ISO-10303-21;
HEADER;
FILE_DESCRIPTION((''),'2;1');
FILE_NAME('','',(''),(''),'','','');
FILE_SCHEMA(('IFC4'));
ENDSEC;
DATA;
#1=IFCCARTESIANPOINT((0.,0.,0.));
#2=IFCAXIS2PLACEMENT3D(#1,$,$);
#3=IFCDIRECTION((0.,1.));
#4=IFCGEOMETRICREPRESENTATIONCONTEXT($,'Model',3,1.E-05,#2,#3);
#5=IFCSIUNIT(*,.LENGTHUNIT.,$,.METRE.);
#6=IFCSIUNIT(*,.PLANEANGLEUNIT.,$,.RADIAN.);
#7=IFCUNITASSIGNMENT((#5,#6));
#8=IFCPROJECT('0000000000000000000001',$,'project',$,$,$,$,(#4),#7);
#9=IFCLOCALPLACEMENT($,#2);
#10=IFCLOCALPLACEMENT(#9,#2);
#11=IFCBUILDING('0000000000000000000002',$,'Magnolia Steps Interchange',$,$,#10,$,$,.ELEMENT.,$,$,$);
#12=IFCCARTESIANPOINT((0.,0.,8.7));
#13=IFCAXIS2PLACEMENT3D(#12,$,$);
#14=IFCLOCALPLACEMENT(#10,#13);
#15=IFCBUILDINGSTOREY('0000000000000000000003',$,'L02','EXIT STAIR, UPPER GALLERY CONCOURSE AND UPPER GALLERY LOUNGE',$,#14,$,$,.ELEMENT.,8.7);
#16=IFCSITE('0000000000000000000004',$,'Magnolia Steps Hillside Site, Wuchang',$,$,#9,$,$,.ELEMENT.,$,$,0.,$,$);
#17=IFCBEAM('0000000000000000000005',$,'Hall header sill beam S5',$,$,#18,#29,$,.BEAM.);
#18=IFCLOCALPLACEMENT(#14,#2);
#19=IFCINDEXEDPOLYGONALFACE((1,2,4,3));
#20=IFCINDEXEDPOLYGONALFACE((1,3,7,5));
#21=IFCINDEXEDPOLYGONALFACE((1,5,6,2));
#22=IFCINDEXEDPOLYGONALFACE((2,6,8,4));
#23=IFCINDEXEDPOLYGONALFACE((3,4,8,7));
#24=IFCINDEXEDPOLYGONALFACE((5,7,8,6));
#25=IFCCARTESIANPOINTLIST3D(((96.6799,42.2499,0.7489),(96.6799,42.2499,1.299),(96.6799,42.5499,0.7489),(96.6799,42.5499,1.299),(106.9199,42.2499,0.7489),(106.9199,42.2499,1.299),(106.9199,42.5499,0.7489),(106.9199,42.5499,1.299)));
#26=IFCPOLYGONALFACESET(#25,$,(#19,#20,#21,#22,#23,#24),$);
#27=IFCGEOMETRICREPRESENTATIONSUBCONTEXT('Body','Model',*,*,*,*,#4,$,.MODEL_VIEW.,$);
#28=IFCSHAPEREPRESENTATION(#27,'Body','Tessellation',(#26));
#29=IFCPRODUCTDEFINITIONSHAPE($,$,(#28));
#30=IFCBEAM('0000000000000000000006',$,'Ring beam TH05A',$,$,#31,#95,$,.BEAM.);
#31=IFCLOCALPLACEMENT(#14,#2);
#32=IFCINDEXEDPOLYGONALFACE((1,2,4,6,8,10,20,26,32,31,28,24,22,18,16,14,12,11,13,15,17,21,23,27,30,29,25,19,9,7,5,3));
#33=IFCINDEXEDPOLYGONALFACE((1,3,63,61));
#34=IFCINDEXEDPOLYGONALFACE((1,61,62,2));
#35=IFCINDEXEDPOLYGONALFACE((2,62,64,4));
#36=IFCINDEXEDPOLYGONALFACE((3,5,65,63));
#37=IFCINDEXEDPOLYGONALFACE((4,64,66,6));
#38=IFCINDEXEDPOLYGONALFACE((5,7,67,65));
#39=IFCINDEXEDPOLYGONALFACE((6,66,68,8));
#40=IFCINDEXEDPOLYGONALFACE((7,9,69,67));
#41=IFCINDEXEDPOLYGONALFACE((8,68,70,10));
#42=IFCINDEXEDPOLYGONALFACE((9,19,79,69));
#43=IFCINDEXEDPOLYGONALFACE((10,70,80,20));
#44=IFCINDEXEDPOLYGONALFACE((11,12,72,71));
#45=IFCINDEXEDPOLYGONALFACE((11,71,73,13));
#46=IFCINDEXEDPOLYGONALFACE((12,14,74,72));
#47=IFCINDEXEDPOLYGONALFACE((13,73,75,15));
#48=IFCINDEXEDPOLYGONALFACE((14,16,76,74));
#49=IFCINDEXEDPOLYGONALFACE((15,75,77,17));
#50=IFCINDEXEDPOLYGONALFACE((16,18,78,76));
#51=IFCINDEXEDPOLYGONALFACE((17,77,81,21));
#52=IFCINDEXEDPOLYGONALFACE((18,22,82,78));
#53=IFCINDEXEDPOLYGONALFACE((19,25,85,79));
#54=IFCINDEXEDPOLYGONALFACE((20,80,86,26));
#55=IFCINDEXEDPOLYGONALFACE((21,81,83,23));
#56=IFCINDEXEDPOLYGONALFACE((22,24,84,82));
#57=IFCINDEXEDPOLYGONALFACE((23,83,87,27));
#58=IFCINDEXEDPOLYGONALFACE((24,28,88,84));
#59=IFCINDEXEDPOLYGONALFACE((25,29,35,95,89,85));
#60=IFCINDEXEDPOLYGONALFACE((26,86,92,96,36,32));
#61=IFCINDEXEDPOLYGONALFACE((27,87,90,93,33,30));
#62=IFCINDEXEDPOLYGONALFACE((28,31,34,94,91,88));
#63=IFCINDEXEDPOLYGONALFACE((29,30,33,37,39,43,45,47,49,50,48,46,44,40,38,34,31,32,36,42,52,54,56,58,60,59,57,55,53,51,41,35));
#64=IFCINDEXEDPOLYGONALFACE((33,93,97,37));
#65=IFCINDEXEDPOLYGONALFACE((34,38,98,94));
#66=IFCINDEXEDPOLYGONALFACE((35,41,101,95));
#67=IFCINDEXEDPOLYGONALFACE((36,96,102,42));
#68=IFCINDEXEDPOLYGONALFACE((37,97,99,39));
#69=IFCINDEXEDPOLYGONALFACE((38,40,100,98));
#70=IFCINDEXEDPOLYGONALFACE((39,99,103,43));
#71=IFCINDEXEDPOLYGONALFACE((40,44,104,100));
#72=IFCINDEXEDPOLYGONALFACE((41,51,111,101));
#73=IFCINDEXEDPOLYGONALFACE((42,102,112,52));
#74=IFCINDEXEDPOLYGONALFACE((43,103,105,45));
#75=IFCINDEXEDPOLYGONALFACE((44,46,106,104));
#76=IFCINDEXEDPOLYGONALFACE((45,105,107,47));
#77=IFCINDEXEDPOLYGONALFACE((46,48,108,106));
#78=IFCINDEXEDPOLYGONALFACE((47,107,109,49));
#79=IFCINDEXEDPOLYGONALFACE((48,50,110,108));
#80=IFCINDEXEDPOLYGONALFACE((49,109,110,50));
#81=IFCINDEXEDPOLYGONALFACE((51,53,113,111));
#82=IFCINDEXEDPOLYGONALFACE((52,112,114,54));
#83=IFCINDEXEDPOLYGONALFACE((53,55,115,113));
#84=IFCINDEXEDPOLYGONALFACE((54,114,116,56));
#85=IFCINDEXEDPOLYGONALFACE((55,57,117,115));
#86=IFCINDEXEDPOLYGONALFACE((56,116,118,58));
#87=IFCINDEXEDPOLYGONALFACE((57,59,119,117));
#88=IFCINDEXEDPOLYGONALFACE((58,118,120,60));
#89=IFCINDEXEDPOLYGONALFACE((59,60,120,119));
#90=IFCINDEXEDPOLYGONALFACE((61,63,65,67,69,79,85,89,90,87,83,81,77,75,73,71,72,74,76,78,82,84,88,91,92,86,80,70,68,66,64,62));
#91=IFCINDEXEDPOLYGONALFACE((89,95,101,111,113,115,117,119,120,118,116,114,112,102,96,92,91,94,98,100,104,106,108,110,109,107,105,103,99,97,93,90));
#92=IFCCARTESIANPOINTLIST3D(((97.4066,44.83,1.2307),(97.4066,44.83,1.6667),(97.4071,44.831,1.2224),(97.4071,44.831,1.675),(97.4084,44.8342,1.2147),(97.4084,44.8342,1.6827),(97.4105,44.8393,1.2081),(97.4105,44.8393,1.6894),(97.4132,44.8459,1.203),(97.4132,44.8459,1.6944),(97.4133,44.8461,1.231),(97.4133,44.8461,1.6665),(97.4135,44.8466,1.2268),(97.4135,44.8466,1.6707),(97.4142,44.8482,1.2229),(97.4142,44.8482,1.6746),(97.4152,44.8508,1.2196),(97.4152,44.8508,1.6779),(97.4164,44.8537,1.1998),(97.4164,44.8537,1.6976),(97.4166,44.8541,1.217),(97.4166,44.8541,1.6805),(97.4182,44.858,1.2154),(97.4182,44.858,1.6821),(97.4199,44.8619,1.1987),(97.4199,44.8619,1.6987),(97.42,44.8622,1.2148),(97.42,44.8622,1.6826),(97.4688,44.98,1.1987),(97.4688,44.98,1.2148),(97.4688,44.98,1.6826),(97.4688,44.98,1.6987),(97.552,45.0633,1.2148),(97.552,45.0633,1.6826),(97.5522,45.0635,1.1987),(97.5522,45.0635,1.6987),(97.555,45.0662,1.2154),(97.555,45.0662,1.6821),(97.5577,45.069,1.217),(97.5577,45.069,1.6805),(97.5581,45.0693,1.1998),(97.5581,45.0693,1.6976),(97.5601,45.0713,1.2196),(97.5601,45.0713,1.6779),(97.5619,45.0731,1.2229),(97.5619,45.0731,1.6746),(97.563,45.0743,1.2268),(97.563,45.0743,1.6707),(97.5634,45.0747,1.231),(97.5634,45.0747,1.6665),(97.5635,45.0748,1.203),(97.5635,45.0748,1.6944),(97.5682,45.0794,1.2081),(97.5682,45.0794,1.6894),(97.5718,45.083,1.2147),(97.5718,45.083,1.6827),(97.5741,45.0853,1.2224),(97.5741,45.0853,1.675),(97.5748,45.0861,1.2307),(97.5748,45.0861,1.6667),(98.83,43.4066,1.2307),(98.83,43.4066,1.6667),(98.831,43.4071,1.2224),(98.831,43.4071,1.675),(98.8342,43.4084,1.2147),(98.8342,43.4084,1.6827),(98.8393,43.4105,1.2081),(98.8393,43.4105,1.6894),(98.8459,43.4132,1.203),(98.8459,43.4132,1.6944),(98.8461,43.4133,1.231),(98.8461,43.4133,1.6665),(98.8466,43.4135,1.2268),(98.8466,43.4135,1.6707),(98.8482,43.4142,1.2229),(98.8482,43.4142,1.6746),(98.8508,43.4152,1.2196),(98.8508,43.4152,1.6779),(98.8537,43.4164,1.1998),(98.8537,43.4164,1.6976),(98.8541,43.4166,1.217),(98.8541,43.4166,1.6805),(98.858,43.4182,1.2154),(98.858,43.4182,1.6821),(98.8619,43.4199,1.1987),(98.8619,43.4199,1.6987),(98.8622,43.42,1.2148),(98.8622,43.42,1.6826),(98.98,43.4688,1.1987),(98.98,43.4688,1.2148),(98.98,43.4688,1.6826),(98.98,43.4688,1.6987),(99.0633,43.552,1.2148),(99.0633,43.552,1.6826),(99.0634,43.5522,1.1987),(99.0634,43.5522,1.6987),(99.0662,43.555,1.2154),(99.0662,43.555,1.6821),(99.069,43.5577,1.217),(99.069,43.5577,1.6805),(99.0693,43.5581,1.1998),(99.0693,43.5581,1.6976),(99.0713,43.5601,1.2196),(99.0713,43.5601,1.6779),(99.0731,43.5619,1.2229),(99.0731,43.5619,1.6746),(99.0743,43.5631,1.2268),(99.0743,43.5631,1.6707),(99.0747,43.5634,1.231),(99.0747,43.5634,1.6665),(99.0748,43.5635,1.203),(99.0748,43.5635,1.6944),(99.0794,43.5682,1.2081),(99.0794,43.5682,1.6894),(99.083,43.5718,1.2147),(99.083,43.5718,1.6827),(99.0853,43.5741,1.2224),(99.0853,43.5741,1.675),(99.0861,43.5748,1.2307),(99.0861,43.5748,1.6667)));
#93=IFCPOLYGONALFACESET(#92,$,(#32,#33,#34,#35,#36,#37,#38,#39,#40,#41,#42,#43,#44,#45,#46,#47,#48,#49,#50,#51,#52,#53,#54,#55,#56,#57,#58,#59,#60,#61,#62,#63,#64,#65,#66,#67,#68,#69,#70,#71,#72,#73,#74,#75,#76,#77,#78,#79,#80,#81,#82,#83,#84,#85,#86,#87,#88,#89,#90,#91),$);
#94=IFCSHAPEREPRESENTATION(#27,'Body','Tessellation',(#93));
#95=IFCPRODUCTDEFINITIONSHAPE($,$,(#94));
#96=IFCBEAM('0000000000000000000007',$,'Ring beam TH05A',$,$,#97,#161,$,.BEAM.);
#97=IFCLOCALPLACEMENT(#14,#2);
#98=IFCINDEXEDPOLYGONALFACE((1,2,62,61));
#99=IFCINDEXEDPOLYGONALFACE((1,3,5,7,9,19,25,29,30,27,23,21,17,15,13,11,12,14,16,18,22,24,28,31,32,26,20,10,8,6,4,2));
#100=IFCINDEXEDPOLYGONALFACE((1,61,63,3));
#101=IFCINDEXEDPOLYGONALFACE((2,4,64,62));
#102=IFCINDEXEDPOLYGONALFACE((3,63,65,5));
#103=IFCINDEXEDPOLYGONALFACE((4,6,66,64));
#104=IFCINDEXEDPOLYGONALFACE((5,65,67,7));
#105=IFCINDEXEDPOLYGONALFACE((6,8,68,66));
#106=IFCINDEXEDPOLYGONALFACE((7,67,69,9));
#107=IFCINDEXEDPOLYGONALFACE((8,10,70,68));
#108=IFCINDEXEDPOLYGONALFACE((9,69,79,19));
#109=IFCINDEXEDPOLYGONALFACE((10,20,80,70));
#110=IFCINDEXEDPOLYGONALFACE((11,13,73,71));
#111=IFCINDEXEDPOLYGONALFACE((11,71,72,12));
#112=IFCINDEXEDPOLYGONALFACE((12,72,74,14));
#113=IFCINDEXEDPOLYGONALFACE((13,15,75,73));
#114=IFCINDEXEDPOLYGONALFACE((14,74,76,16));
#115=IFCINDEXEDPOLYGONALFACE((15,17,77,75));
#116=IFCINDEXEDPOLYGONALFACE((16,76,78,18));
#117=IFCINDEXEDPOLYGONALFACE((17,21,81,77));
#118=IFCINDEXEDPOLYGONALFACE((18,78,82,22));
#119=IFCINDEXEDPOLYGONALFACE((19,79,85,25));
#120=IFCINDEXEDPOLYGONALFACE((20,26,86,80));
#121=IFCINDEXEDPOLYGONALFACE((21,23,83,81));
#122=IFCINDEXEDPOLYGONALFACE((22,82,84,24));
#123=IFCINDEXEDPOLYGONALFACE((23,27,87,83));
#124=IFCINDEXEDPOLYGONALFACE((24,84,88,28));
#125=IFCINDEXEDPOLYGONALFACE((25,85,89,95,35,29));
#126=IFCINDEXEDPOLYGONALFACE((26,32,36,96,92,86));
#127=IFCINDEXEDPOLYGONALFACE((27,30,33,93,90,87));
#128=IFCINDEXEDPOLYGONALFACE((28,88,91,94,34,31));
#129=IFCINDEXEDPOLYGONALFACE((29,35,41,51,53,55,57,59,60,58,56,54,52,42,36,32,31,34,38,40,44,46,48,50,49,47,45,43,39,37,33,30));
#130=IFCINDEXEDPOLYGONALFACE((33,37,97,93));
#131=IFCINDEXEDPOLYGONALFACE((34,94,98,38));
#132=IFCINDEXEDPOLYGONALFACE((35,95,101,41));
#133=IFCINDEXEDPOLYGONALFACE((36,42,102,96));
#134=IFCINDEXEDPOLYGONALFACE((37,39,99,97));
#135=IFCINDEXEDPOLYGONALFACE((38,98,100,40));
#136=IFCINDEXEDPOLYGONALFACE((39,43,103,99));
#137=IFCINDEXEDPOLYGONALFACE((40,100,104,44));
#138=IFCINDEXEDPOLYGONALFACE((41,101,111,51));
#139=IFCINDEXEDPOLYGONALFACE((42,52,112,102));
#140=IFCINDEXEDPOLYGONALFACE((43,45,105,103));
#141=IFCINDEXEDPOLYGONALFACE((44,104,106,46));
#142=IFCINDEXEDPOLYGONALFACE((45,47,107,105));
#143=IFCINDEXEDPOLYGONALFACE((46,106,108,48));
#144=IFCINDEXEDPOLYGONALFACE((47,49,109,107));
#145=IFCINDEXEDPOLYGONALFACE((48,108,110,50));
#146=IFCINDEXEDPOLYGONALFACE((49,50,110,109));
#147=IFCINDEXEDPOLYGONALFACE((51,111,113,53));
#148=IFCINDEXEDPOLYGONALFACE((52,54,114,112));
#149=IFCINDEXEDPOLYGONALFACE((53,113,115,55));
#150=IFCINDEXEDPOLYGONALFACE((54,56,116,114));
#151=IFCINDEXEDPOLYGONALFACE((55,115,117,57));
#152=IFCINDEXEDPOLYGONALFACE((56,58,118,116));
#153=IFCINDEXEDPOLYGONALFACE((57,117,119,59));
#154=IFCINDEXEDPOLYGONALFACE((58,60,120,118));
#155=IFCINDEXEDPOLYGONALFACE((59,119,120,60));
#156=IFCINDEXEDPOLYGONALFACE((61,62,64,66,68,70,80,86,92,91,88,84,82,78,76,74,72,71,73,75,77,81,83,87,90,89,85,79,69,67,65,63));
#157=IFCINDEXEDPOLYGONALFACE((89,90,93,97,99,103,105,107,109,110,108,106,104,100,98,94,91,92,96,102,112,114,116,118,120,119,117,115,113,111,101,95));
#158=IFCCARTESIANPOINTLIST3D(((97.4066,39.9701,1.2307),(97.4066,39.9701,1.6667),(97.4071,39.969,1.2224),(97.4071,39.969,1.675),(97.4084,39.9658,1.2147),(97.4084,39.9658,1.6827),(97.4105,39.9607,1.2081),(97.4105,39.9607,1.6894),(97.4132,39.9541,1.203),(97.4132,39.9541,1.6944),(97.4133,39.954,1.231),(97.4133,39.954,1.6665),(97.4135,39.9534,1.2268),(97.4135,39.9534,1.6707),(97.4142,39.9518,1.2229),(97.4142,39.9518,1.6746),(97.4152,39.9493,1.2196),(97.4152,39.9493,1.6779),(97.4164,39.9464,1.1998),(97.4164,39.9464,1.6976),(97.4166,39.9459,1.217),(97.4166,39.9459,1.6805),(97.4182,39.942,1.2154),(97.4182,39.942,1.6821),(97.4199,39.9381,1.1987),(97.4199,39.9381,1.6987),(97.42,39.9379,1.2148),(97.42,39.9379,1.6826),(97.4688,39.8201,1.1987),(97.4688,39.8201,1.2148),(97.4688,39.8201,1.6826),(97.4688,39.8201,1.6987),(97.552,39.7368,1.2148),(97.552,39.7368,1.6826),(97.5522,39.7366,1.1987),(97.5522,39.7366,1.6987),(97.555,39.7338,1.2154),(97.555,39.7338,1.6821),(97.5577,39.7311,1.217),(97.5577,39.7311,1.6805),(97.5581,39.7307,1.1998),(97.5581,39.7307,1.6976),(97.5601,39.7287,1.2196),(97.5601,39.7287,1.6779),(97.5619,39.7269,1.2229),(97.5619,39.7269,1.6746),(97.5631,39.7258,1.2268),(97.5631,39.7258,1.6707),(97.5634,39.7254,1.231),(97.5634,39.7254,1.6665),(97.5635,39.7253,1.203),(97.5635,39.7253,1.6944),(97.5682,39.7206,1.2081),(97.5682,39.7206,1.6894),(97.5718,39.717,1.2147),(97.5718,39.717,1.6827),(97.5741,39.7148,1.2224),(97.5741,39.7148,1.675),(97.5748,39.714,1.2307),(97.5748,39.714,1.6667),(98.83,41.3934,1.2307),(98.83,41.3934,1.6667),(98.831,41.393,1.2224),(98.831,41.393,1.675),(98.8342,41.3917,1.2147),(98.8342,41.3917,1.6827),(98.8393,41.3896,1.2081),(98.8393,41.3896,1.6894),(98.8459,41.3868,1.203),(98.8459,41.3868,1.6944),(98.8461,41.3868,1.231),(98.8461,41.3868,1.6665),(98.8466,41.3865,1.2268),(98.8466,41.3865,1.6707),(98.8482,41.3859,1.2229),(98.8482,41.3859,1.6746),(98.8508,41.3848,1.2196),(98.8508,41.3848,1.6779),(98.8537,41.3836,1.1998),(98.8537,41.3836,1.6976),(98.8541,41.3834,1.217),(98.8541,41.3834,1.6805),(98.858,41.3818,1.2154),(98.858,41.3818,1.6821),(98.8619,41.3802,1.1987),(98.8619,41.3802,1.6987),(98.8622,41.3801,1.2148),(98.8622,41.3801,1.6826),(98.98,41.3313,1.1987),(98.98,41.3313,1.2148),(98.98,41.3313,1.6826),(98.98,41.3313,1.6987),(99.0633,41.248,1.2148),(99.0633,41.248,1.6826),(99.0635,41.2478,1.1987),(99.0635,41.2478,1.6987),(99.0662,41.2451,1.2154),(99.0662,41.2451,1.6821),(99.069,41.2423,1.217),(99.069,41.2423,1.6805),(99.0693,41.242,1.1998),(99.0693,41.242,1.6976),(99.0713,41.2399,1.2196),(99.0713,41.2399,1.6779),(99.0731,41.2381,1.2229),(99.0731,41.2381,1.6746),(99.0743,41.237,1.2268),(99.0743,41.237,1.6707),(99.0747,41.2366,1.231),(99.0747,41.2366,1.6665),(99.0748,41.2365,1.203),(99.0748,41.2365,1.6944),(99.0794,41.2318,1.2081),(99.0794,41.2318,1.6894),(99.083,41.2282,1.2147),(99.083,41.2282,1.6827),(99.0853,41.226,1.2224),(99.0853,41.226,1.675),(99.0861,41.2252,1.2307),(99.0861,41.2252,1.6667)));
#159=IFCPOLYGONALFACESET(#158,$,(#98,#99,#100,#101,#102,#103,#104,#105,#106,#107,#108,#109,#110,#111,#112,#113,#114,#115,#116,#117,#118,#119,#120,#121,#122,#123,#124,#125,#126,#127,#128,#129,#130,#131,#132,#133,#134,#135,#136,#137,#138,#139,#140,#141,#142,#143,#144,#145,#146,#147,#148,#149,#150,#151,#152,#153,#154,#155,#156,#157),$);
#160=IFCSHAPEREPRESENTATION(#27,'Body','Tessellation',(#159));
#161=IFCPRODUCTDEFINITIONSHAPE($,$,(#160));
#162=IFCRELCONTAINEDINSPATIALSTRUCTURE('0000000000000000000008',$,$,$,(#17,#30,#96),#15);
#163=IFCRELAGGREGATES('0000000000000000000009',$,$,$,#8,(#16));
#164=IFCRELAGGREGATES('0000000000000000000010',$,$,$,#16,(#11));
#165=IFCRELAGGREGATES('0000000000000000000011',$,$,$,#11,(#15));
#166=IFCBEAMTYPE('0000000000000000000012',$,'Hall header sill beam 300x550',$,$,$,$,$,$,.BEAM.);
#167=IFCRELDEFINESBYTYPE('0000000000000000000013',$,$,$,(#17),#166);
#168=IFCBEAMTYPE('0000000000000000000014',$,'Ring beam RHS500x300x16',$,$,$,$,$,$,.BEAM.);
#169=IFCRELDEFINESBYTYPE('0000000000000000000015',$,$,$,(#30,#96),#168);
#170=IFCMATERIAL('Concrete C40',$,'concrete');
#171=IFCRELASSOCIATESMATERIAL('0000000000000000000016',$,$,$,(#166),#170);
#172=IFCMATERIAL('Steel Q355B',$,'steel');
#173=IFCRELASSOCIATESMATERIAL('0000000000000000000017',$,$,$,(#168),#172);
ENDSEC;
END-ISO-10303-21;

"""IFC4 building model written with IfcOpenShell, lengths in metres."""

from ifc_helpers import new_model, si_unit, direction, frame, origin, origin_2d, place, context, subcontext, project, spatial, rectangle, hollow_rectangle, extrude, clip, halfspace, material, material_profile, profile_set, type_object, element, save


model = new_model("IFC4")

# Units and contexts
model_context = context("Model", 3, precision=1e-05, world=origin(), true_north=direction((0.0, 1.0)))
body_context = subcontext(model_context, "Body", "Model", "MODEL_VIEW")
ifc_project = project(units=[si_unit("LENGTHUNIT", "METRE"), si_unit("PLANEANGLEUNIT", "RADIAN")], contexts=[model_context])

# Site, building, storey
site_placement = place(None, origin())
site = spatial("IfcSite", under=ifc_project, at=site_placement, Name="Magnolia Steps Hillside Site, Wuchang", CompositionType="ELEMENT", RefElevation=0.0)
building_placement = place(site_placement, origin())
building = spatial("IfcBuilding", under=site, at=building_placement, Name="Magnolia Steps Interchange", CompositionType="ELEMENT")
storey_placement = place(building_placement, frame((0.0, 0.0, 8.7)))
storey = spatial("IfcBuildingStorey", under=building, at=storey_placement, Name="L02", Description="EXIT STAIR, UPPER GALLERY CONCOURSE AND UPPER GALLERY LOUNGE", CompositionType="ELEMENT", Elevation=8.7)

# Beams
ifc_material_1 = material(Name="Concrete C40", Category="concrete")
ifc_material_profile_1 = material_profile(ifc_material_1, rectangle(XDim=0.3, YDim=0.55, at=origin_2d()), Name="RC300x550")
ifc_profile_set_1 = profile_set([ifc_material_profile_1], Name="Concrete C40")
beam_type_1 = type_object("IfcBeamType", Name="Hall header sill beam 300x550", PredefinedType="BEAM", material=ifc_profile_set_1)
beam_1_placement = place(storey_placement, frame((96.6799, 42.3999, 1.0239), z_axis=(1.0, 0.0, 0.0), x_axis=(0.0, 1.0, 0.0)))
element("IfcBeam", 1, at=beam_1_placement, inside=storey, type_object=beam_type_1, Name="Hall header sill beam S5", PredefinedType="BEAM", context=body_context, shape_type="SweptSolid", body=[
    extrude(rectangle(XDim=0.3, YDim=0.55, at=origin_2d()), origin(), (0.0, 0.0, 1.0), 10.24),
])
ifc_material_2 = material(Name="Steel Q355B", Category="steel")
ifc_material_profile_2 = material_profile(ifc_material_2, hollow_rectangle(XDim=0.3, YDim=0.5, WallThickness=0.0161, InnerFilletRadius=0.0161, OuterFilletRadius=0.032, at=origin_2d()), Name="RHS500x300x16")
ifc_profile_set_2 = profile_set([ifc_material_profile_2], Name="Steel Q355B")
beam_type_2 = type_object("IfcBeamType", Name="Ring beam RHS500x300x16", PredefinedType="BEAM", material=ifc_profile_set_2)
for number, where, z_axis, x_axis, name in (
    (2, (98.98, 43.4688, 1.4487), (-0.707107, 0.707107, 0.0), (-0.707107, -0.707107, 0.0), "Ring beam TH05A"),
    (3, (97.4688, 39.8201, 1.4487), (0.707107, 0.707107, 0.0), (-0.707107, 0.707107, 0.0), "Ring beam TH05A"),
):
    element("IfcBeam", number, at=place(storey_placement, frame(where, z_axis=z_axis, x_axis=x_axis)), inside=storey, type_object=beam_type_2, Name=name, PredefinedType="BEAM", context=body_context, shape_type="Clipping", body=[
        clip(clip(extrude(hollow_rectangle(XDim=0.3, YDim=0.5, WallThickness=0.0161, InnerFilletRadius=0.0161, OuterFilletRadius=0.032, at=origin_2d()), origin(), (0.0, 0.0, 1.0), 2.1372), halfspace(frame((0.0, 0.0, 0.0), z_axis=(0.382683, 0.0, -0.92388), x_axis=(0.92388, 0.0, 0.382683)), False)), halfspace(frame((0.0, 0.0, 2.1372), z_axis=(0.382683, 0.0, 0.92388), x_axis=(0.92388, 0.0, -0.382683)), False)),
    ])

save(model, "model.ifc")
